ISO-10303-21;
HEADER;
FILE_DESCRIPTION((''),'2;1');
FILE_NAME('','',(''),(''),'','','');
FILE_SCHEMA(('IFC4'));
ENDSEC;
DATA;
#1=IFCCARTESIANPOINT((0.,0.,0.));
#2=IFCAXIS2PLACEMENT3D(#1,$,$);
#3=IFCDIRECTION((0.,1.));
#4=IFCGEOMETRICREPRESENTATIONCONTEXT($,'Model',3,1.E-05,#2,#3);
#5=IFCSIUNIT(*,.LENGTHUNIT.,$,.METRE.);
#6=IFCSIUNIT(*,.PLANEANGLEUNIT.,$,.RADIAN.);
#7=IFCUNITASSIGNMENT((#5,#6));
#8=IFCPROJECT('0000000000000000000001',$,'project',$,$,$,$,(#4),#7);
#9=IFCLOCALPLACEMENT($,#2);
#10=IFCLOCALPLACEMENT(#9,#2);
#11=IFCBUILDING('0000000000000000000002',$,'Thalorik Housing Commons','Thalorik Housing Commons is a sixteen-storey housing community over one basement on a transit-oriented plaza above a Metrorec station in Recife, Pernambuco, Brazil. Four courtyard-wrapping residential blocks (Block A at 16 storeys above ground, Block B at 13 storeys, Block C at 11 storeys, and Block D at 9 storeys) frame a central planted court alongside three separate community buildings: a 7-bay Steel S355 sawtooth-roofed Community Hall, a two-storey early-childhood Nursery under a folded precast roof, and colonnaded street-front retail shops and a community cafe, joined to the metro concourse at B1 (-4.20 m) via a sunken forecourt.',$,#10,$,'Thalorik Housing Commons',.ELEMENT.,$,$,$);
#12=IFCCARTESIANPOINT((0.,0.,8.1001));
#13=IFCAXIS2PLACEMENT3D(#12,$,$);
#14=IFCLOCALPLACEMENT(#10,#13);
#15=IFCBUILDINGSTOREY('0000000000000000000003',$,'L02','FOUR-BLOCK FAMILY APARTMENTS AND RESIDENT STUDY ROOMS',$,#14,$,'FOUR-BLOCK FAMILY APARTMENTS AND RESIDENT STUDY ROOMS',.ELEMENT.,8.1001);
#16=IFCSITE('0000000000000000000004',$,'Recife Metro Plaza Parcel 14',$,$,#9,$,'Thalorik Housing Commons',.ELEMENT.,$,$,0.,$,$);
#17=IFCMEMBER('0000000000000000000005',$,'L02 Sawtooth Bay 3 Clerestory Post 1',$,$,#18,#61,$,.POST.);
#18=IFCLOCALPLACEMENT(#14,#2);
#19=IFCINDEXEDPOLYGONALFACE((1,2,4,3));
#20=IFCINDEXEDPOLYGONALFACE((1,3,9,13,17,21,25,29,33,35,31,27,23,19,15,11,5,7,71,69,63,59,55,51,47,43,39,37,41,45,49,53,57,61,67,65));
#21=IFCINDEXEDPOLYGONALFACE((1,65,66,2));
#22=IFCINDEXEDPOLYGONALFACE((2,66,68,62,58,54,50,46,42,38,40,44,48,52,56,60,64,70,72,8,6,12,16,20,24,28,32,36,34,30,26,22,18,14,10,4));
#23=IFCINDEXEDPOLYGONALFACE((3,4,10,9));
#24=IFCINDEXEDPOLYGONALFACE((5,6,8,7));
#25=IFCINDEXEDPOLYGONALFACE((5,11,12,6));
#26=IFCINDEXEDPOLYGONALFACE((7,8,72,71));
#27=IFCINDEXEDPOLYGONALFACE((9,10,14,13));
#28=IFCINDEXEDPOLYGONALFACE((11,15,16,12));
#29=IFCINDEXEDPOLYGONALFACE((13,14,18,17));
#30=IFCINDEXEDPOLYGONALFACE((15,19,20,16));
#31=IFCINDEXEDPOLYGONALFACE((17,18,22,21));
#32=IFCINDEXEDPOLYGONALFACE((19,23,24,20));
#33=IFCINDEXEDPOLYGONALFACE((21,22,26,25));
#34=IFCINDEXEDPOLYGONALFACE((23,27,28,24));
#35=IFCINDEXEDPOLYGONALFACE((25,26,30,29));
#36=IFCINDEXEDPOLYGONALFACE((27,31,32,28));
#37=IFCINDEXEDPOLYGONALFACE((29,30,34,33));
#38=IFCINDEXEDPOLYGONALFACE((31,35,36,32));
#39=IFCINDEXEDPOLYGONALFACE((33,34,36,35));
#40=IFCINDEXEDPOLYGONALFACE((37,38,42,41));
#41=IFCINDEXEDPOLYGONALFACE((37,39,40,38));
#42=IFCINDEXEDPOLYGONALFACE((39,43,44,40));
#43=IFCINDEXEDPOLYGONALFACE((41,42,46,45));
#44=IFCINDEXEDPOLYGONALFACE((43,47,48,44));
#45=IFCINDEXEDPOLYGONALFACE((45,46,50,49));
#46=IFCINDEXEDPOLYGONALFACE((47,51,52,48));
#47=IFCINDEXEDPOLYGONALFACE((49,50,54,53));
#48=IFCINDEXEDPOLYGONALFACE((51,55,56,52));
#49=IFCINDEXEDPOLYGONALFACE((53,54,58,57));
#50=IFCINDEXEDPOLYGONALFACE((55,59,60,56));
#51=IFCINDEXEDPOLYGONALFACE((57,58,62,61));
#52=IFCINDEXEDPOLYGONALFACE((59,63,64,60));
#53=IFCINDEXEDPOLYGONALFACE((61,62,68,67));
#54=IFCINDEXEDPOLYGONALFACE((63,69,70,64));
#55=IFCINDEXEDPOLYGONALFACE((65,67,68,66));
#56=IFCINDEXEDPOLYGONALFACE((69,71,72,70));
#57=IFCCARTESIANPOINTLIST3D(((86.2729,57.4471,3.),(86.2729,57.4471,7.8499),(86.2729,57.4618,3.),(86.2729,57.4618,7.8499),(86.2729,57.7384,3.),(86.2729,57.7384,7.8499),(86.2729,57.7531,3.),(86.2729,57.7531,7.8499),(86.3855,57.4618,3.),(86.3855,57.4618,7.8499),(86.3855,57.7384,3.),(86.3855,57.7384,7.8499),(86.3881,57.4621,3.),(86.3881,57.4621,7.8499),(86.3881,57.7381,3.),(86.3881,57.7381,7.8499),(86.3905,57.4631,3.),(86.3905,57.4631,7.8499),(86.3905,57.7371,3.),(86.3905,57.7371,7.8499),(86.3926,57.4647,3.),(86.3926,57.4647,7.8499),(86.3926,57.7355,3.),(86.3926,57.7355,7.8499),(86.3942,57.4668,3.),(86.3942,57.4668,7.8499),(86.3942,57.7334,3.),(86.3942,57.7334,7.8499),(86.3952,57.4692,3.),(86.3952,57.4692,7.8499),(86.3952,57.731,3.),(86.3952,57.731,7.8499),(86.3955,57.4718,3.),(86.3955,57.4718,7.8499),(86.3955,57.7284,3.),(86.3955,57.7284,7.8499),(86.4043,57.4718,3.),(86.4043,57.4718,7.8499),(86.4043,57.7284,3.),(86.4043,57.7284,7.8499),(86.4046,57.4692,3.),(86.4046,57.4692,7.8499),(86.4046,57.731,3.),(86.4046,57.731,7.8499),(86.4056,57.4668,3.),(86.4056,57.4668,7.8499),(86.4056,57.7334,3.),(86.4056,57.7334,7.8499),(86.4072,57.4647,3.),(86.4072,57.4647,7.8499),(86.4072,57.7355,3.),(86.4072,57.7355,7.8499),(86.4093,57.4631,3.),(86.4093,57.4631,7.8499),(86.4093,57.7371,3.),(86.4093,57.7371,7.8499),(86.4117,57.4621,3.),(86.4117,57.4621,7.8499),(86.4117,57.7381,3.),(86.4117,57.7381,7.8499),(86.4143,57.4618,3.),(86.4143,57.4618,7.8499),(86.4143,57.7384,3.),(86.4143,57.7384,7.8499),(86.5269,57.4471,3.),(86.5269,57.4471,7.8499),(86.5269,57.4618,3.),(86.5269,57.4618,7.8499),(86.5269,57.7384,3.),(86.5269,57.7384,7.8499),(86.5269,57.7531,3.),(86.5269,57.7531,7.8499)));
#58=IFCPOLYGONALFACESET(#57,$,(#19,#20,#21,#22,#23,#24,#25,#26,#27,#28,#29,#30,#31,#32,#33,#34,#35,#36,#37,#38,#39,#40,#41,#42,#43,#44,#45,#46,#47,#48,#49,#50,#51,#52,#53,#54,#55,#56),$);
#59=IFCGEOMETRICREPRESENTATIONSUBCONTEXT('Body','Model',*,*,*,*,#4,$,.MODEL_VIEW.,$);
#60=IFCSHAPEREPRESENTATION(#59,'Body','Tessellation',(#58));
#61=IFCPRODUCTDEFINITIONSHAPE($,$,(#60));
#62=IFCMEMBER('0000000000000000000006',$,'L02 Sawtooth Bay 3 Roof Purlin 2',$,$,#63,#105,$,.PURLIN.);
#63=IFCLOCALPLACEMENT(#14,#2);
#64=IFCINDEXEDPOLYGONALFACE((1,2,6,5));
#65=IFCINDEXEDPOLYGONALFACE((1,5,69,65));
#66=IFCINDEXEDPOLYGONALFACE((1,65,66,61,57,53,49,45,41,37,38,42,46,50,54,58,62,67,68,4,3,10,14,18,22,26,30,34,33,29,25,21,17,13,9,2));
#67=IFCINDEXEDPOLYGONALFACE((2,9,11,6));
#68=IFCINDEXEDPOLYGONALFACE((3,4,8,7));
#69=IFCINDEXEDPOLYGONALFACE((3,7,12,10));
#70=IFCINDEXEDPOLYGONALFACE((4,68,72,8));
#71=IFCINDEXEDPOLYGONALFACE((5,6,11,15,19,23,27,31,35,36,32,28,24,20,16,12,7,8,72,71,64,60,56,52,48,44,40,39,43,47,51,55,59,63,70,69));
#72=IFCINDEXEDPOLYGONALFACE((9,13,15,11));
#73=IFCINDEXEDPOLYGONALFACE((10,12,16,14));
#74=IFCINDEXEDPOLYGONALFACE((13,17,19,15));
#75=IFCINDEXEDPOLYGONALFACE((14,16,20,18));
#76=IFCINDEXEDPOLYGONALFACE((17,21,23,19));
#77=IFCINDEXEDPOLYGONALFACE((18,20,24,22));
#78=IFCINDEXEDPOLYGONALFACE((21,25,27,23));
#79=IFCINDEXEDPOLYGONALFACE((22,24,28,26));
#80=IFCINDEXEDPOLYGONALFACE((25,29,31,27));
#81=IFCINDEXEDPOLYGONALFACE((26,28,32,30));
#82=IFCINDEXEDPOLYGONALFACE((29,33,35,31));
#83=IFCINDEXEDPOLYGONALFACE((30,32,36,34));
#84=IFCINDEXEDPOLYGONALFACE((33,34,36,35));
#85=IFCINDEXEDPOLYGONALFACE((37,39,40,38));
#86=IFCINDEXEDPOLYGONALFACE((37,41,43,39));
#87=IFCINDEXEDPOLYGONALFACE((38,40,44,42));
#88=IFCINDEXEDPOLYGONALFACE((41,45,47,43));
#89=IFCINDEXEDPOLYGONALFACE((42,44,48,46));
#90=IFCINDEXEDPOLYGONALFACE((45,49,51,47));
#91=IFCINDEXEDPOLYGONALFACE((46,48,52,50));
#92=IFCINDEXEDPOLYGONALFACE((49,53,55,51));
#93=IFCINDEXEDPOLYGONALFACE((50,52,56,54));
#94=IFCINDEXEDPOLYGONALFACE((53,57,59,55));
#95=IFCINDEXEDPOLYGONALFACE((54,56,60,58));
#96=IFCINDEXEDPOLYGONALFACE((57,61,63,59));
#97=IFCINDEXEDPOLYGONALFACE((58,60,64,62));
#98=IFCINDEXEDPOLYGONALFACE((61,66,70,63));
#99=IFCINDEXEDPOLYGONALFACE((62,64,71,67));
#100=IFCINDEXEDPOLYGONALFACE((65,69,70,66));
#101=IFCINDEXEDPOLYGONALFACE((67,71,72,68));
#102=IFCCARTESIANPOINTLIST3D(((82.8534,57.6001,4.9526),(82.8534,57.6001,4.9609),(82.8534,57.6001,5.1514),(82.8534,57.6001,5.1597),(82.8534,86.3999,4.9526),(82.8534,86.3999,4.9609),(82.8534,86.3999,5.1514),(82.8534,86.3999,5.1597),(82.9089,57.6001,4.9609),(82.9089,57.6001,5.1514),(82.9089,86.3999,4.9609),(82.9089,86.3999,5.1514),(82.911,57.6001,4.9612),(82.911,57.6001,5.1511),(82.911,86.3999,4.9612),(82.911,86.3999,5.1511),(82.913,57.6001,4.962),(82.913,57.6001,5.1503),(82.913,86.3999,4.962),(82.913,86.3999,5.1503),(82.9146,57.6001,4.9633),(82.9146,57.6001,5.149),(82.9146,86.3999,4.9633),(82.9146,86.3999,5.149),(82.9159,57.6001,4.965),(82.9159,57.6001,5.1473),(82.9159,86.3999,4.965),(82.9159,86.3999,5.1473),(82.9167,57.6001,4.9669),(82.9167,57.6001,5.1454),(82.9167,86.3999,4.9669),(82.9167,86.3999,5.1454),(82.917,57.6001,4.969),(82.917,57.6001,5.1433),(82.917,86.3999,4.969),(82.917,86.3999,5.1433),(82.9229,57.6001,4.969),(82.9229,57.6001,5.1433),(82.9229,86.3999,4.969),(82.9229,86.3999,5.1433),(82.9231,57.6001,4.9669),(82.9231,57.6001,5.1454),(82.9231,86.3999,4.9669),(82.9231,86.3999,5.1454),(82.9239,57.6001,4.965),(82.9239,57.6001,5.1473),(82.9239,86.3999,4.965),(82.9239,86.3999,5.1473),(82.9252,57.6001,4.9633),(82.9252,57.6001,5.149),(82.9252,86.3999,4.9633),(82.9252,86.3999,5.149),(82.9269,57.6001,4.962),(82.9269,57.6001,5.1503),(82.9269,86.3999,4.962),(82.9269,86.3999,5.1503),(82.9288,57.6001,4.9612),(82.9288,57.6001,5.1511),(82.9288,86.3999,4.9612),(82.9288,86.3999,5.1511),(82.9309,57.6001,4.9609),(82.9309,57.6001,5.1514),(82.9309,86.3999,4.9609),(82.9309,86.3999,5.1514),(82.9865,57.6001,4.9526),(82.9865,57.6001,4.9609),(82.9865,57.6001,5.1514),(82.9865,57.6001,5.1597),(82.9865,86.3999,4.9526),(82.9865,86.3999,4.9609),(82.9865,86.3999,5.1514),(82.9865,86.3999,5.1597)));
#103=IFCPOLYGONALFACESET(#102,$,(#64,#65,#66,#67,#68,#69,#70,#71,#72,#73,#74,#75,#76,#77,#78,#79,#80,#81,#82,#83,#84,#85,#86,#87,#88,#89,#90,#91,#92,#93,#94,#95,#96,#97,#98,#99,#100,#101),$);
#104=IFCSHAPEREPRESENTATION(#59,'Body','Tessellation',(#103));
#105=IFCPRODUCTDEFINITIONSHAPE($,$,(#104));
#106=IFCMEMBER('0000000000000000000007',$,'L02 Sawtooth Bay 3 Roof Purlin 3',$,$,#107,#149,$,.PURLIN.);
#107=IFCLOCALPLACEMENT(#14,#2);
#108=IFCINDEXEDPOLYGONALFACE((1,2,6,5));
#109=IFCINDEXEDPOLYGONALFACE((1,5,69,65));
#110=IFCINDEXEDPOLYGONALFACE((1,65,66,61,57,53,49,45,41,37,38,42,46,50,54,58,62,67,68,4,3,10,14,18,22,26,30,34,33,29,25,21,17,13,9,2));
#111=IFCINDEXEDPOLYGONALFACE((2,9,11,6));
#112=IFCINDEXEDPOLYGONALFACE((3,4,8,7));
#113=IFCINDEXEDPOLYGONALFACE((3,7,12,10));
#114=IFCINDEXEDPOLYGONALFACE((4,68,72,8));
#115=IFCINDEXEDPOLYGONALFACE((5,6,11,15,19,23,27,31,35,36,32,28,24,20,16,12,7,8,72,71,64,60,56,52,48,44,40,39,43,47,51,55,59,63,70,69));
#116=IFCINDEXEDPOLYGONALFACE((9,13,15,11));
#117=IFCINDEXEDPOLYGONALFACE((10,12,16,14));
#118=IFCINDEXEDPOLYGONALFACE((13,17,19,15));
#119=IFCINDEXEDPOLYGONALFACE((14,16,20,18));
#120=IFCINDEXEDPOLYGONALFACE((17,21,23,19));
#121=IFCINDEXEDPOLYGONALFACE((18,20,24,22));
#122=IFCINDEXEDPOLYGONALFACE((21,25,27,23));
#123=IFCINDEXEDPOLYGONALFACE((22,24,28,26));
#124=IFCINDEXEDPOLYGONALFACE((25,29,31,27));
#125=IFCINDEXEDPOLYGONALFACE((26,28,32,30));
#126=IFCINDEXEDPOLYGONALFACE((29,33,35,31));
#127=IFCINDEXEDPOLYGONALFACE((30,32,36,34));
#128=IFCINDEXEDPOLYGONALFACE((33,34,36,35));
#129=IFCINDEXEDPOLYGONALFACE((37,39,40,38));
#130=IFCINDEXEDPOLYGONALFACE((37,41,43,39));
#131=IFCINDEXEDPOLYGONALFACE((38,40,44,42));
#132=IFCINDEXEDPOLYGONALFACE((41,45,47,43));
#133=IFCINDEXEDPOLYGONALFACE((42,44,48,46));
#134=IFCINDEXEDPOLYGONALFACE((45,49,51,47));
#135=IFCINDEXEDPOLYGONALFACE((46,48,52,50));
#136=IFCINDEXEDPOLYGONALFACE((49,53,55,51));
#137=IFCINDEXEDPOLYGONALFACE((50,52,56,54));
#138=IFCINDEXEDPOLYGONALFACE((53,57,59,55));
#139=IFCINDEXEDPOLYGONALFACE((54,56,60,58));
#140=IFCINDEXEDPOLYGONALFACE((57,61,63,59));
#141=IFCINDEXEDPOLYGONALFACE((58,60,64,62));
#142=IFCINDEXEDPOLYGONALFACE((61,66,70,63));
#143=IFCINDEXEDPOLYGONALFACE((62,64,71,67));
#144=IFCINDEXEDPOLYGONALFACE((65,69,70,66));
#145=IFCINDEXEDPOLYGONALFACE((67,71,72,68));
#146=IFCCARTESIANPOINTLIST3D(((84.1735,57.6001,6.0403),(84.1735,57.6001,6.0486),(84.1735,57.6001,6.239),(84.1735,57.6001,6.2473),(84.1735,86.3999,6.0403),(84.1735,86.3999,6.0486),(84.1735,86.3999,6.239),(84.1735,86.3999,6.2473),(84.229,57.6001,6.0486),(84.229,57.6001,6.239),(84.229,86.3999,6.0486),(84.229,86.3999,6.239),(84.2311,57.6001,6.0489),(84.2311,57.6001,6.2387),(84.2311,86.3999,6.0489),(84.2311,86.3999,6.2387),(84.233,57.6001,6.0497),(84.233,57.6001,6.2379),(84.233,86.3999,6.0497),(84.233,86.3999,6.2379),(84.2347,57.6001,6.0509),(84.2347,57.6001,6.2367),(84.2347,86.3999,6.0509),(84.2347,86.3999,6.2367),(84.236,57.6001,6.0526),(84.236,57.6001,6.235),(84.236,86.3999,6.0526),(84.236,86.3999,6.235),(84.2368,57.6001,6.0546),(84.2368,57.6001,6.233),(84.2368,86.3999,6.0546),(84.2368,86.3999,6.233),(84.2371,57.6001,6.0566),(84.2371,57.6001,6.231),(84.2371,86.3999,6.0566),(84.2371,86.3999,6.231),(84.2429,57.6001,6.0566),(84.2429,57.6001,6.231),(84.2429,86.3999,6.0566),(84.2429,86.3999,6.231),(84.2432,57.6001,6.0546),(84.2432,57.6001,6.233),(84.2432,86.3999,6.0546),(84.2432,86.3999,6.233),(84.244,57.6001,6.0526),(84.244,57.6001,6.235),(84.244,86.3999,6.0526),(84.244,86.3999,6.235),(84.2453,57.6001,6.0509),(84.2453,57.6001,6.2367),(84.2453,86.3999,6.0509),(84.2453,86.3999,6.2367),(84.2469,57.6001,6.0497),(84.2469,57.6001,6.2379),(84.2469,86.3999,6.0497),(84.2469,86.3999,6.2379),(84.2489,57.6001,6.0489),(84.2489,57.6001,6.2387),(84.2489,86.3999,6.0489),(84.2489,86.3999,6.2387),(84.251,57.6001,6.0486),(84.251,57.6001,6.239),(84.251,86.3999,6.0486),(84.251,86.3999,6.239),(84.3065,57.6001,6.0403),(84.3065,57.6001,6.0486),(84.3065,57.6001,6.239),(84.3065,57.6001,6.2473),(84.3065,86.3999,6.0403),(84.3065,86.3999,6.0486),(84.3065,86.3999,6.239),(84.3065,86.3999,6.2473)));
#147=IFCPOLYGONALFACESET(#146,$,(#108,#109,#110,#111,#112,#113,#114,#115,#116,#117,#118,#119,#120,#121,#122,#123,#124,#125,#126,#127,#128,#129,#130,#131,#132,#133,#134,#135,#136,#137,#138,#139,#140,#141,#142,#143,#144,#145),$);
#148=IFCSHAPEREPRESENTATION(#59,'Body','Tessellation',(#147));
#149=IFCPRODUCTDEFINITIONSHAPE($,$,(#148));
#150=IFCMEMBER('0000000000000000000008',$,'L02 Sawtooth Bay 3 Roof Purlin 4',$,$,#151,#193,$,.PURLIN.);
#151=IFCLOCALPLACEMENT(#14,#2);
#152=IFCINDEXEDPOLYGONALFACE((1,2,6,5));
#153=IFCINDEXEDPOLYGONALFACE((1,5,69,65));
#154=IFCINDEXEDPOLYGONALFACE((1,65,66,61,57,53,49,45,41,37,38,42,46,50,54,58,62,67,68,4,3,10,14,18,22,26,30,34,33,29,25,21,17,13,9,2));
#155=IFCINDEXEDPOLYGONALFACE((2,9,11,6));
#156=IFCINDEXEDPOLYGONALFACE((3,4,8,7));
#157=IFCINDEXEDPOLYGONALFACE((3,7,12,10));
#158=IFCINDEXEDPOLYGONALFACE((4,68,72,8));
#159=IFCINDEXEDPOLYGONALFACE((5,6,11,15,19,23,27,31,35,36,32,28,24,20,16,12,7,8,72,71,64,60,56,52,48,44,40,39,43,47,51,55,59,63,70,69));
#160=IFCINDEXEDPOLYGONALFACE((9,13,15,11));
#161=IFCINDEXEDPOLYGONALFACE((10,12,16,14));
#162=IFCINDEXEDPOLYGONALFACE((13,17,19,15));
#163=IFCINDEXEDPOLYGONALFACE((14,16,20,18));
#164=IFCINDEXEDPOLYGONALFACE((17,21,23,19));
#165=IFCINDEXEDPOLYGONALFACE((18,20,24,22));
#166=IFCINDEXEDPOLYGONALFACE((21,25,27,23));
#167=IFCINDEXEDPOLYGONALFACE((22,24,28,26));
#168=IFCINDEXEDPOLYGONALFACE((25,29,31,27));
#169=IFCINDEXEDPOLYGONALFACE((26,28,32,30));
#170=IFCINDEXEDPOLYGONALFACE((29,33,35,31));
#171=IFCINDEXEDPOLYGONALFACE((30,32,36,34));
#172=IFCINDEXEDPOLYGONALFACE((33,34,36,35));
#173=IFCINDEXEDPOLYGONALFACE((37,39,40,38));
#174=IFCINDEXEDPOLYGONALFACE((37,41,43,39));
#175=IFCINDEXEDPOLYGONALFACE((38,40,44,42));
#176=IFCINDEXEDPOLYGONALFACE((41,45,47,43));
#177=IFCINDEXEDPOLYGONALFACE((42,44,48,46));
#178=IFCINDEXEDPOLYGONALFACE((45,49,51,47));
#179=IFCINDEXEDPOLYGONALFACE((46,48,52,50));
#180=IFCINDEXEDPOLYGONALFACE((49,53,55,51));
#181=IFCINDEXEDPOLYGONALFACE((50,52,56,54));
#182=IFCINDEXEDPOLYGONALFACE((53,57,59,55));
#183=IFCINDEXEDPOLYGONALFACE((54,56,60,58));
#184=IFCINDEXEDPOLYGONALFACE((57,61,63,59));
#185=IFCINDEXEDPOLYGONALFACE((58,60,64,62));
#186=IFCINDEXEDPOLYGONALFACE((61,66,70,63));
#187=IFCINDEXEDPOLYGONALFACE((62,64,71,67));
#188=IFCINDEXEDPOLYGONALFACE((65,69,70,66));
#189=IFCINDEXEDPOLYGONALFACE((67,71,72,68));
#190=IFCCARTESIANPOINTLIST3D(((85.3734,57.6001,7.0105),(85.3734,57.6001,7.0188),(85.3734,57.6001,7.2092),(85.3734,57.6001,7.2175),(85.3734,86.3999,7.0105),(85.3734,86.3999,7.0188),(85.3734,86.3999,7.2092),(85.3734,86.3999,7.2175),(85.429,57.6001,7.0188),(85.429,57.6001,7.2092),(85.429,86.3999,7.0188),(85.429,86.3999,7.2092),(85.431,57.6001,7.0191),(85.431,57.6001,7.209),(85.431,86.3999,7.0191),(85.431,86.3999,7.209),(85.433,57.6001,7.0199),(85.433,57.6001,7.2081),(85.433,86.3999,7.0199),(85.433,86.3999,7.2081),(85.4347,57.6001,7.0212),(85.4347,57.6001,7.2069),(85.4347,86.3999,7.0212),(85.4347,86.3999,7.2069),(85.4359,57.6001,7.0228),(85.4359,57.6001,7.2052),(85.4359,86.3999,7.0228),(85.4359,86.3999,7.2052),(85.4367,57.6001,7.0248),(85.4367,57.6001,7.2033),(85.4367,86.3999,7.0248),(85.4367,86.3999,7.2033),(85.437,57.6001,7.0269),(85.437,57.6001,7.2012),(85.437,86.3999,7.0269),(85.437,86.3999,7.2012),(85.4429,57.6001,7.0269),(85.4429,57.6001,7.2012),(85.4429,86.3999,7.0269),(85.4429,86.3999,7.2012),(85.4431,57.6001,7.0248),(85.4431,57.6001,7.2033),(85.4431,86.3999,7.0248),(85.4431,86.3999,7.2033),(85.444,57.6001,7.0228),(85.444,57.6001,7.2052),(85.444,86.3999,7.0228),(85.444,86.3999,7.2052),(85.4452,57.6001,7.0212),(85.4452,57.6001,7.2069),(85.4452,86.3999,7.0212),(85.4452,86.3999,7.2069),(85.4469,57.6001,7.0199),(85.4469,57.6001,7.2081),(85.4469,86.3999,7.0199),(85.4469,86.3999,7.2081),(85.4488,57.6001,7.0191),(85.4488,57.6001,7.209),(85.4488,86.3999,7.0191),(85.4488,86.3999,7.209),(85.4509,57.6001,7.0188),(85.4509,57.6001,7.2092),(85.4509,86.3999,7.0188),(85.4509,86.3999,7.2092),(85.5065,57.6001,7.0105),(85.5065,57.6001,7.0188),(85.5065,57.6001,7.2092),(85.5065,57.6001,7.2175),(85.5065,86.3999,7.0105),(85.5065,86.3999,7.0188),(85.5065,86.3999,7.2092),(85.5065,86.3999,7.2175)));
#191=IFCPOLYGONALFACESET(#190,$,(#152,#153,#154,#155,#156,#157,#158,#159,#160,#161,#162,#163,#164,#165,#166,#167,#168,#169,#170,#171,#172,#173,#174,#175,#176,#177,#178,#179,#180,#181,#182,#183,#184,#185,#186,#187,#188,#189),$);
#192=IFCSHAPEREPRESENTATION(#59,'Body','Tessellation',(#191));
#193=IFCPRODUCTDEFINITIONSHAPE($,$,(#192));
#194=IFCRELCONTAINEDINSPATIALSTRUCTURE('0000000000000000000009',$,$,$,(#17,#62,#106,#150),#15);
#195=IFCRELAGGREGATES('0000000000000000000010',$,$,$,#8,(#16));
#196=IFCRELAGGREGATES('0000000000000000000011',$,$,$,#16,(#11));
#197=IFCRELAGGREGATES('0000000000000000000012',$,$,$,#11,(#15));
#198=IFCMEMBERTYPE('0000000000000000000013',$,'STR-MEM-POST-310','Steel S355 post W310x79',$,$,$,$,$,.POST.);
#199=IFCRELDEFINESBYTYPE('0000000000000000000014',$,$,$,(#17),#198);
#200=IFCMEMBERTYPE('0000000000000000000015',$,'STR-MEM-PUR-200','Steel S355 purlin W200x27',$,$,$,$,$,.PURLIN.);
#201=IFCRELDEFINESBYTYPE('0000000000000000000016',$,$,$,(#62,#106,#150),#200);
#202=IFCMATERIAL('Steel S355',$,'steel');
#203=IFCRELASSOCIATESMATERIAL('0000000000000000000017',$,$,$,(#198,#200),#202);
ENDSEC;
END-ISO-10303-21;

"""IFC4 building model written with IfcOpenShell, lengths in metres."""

from ifc_helpers import new_model, si_unit, direction, frame, origin, origin_2d, place, context, subcontext, project, spatial, i_section, extrude, material, material_profile, profile_set, type_object, element, save


model = new_model("IFC4")

# Units and contexts
model_context = context("Model", 3, precision=1e-05, world=origin(), true_north=direction((0.0, 1.0)))
body_context = subcontext(model_context, "Body", "Model", "MODEL_VIEW")
ifc_project = project(units=[si_unit("LENGTHUNIT", "METRE"), si_unit("PLANEANGLEUNIT", "RADIAN")], contexts=[model_context])

# Site, building, storey
site_placement = place(None, origin())
site = spatial("IfcSite", under=ifc_project, at=site_placement, Name="Recife Metro Plaza Parcel 14", LongName="Thalorik Housing Commons", CompositionType="ELEMENT", RefElevation=0.0)
building_placement = place(site_placement, origin())
building = spatial("IfcBuilding", under=site, at=building_placement, Name="Thalorik Housing Commons", Description="Thalorik Housing Commons is a sixteen-storey housing community over one basement on a transit-oriented plaza above a Metrorec station in Recife, Pernambuco, Brazil. Four courtyard-wrapping residential blocks (Block A at 16 storeys above ground, Block B at 13 storeys, Block C at 11 storeys, and Block D at 9 storeys) frame a central planted court alongside three separate community buildings: a 7-bay Steel S355 sawtooth-roofed Community Hall, a two-storey early-childhood Nursery under a folded precast roof, and colonnaded street-front retail shops and a community cafe, joined to the metro concourse at B1 (-4.20 m) via a sunken forecourt.", LongName="Thalorik Housing Commons", CompositionType="ELEMENT")
storey_placement = place(building_placement, frame((0.0, 0.0, 8.1001)))
storey = spatial("IfcBuildingStorey", under=building, at=storey_placement, Name="L02", Description="FOUR-BLOCK FAMILY APARTMENTS AND RESIDENT STUDY ROOMS", LongName="FOUR-BLOCK FAMILY APARTMENTS AND RESIDENT STUDY ROOMS", CompositionType="ELEMENT", Elevation=8.1001)

# Shared definitions
ifc_material_1 = material(Name="Steel S355", Category="steel")

# Members
ifc_material_profile_1 = material_profile(ifc_material_1, i_section(OverallWidth=0.2539, OverallDepth=0.3059, WebThickness=0.0088, FlangeThickness=0.0146, FilletRadius=0.01, at=origin_2d()), Name="W310x79", Category="steel")
ifc_profile_set_1 = profile_set([ifc_material_profile_1], Name="Steel S355")
member_type_1 = type_object("IfcMemberType", Name="STR-MEM-POST-310", Description="Steel S355 post W310x79", PredefinedType="POST", material=ifc_profile_set_1)
member_1_placement = place(storey_placement, frame((86.3999, 57.6001, 3.0), z_axis=(0.0, 0.0, 1.0), x_axis=(1.0, 0.0, 0.0)))
element("IfcMember", 1, at=member_1_placement, inside=storey, type_object=member_type_1, Name="L02 Sawtooth Bay 3 Clerestory Post 1", PredefinedType="POST", context=body_context, shape_type="SweptSolid", body=[
    extrude(i_section(OverallWidth=0.2539, OverallDepth=0.3059, WebThickness=0.0088, FlangeThickness=0.0146, FilletRadius=0.01, at=origin_2d()), origin(), (0.0, 0.0, 1.0), 4.8499),
])
ifc_material_profile_2 = material_profile(ifc_material_1, i_section(OverallWidth=0.1331, OverallDepth=0.207, WebThickness=0.0059, FlangeThickness=0.0083, FilletRadius=0.0081, at=origin_2d()), Name="W200x27", Category="steel")
ifc_profile_set_2 = profile_set([ifc_material_profile_2], Name="Steel S355")
member_type_2 = type_object("IfcMemberType", Name="STR-MEM-PUR-200", Description="Steel S355 purlin W200x27", PredefinedType="PURLIN", material=ifc_profile_set_2)
for number, where, z_axis, x_axis, name in (
    (2, (82.9199, 57.6001, 5.0562), (0.0, 1.0, 0.0), (-1.0, 0.0, 0.0), "L02 Sawtooth Bay 3 Roof Purlin 2"),
    (3, (84.24, 57.6001, 6.1438), (0.0, 1.0, 0.0), (-1.0, 0.0, 0.0), "L02 Sawtooth Bay 3 Roof Purlin 3"),
    (4, (85.4399, 57.6001, 7.114), (0.0, 1.0, 0.0), (-1.0, 0.0, 0.0), "L02 Sawtooth Bay 3 Roof Purlin 4"),
):
    element("IfcMember", number, at=place(storey_placement, frame(where, z_axis=z_axis, x_axis=x_axis)), inside=storey, type_object=member_type_2, Name=name, PredefinedType="PURLIN", context=body_context, shape_type="SweptSolid", body=[
        extrude(i_section(OverallWidth=0.1331, OverallDepth=0.207, WebThickness=0.0059, FlangeThickness=0.0083, FilletRadius=0.0081, at=origin_2d()), origin(), (0.0, 0.0, 1.0), 28.7998),
    ])

save(model, "model.ifc")
